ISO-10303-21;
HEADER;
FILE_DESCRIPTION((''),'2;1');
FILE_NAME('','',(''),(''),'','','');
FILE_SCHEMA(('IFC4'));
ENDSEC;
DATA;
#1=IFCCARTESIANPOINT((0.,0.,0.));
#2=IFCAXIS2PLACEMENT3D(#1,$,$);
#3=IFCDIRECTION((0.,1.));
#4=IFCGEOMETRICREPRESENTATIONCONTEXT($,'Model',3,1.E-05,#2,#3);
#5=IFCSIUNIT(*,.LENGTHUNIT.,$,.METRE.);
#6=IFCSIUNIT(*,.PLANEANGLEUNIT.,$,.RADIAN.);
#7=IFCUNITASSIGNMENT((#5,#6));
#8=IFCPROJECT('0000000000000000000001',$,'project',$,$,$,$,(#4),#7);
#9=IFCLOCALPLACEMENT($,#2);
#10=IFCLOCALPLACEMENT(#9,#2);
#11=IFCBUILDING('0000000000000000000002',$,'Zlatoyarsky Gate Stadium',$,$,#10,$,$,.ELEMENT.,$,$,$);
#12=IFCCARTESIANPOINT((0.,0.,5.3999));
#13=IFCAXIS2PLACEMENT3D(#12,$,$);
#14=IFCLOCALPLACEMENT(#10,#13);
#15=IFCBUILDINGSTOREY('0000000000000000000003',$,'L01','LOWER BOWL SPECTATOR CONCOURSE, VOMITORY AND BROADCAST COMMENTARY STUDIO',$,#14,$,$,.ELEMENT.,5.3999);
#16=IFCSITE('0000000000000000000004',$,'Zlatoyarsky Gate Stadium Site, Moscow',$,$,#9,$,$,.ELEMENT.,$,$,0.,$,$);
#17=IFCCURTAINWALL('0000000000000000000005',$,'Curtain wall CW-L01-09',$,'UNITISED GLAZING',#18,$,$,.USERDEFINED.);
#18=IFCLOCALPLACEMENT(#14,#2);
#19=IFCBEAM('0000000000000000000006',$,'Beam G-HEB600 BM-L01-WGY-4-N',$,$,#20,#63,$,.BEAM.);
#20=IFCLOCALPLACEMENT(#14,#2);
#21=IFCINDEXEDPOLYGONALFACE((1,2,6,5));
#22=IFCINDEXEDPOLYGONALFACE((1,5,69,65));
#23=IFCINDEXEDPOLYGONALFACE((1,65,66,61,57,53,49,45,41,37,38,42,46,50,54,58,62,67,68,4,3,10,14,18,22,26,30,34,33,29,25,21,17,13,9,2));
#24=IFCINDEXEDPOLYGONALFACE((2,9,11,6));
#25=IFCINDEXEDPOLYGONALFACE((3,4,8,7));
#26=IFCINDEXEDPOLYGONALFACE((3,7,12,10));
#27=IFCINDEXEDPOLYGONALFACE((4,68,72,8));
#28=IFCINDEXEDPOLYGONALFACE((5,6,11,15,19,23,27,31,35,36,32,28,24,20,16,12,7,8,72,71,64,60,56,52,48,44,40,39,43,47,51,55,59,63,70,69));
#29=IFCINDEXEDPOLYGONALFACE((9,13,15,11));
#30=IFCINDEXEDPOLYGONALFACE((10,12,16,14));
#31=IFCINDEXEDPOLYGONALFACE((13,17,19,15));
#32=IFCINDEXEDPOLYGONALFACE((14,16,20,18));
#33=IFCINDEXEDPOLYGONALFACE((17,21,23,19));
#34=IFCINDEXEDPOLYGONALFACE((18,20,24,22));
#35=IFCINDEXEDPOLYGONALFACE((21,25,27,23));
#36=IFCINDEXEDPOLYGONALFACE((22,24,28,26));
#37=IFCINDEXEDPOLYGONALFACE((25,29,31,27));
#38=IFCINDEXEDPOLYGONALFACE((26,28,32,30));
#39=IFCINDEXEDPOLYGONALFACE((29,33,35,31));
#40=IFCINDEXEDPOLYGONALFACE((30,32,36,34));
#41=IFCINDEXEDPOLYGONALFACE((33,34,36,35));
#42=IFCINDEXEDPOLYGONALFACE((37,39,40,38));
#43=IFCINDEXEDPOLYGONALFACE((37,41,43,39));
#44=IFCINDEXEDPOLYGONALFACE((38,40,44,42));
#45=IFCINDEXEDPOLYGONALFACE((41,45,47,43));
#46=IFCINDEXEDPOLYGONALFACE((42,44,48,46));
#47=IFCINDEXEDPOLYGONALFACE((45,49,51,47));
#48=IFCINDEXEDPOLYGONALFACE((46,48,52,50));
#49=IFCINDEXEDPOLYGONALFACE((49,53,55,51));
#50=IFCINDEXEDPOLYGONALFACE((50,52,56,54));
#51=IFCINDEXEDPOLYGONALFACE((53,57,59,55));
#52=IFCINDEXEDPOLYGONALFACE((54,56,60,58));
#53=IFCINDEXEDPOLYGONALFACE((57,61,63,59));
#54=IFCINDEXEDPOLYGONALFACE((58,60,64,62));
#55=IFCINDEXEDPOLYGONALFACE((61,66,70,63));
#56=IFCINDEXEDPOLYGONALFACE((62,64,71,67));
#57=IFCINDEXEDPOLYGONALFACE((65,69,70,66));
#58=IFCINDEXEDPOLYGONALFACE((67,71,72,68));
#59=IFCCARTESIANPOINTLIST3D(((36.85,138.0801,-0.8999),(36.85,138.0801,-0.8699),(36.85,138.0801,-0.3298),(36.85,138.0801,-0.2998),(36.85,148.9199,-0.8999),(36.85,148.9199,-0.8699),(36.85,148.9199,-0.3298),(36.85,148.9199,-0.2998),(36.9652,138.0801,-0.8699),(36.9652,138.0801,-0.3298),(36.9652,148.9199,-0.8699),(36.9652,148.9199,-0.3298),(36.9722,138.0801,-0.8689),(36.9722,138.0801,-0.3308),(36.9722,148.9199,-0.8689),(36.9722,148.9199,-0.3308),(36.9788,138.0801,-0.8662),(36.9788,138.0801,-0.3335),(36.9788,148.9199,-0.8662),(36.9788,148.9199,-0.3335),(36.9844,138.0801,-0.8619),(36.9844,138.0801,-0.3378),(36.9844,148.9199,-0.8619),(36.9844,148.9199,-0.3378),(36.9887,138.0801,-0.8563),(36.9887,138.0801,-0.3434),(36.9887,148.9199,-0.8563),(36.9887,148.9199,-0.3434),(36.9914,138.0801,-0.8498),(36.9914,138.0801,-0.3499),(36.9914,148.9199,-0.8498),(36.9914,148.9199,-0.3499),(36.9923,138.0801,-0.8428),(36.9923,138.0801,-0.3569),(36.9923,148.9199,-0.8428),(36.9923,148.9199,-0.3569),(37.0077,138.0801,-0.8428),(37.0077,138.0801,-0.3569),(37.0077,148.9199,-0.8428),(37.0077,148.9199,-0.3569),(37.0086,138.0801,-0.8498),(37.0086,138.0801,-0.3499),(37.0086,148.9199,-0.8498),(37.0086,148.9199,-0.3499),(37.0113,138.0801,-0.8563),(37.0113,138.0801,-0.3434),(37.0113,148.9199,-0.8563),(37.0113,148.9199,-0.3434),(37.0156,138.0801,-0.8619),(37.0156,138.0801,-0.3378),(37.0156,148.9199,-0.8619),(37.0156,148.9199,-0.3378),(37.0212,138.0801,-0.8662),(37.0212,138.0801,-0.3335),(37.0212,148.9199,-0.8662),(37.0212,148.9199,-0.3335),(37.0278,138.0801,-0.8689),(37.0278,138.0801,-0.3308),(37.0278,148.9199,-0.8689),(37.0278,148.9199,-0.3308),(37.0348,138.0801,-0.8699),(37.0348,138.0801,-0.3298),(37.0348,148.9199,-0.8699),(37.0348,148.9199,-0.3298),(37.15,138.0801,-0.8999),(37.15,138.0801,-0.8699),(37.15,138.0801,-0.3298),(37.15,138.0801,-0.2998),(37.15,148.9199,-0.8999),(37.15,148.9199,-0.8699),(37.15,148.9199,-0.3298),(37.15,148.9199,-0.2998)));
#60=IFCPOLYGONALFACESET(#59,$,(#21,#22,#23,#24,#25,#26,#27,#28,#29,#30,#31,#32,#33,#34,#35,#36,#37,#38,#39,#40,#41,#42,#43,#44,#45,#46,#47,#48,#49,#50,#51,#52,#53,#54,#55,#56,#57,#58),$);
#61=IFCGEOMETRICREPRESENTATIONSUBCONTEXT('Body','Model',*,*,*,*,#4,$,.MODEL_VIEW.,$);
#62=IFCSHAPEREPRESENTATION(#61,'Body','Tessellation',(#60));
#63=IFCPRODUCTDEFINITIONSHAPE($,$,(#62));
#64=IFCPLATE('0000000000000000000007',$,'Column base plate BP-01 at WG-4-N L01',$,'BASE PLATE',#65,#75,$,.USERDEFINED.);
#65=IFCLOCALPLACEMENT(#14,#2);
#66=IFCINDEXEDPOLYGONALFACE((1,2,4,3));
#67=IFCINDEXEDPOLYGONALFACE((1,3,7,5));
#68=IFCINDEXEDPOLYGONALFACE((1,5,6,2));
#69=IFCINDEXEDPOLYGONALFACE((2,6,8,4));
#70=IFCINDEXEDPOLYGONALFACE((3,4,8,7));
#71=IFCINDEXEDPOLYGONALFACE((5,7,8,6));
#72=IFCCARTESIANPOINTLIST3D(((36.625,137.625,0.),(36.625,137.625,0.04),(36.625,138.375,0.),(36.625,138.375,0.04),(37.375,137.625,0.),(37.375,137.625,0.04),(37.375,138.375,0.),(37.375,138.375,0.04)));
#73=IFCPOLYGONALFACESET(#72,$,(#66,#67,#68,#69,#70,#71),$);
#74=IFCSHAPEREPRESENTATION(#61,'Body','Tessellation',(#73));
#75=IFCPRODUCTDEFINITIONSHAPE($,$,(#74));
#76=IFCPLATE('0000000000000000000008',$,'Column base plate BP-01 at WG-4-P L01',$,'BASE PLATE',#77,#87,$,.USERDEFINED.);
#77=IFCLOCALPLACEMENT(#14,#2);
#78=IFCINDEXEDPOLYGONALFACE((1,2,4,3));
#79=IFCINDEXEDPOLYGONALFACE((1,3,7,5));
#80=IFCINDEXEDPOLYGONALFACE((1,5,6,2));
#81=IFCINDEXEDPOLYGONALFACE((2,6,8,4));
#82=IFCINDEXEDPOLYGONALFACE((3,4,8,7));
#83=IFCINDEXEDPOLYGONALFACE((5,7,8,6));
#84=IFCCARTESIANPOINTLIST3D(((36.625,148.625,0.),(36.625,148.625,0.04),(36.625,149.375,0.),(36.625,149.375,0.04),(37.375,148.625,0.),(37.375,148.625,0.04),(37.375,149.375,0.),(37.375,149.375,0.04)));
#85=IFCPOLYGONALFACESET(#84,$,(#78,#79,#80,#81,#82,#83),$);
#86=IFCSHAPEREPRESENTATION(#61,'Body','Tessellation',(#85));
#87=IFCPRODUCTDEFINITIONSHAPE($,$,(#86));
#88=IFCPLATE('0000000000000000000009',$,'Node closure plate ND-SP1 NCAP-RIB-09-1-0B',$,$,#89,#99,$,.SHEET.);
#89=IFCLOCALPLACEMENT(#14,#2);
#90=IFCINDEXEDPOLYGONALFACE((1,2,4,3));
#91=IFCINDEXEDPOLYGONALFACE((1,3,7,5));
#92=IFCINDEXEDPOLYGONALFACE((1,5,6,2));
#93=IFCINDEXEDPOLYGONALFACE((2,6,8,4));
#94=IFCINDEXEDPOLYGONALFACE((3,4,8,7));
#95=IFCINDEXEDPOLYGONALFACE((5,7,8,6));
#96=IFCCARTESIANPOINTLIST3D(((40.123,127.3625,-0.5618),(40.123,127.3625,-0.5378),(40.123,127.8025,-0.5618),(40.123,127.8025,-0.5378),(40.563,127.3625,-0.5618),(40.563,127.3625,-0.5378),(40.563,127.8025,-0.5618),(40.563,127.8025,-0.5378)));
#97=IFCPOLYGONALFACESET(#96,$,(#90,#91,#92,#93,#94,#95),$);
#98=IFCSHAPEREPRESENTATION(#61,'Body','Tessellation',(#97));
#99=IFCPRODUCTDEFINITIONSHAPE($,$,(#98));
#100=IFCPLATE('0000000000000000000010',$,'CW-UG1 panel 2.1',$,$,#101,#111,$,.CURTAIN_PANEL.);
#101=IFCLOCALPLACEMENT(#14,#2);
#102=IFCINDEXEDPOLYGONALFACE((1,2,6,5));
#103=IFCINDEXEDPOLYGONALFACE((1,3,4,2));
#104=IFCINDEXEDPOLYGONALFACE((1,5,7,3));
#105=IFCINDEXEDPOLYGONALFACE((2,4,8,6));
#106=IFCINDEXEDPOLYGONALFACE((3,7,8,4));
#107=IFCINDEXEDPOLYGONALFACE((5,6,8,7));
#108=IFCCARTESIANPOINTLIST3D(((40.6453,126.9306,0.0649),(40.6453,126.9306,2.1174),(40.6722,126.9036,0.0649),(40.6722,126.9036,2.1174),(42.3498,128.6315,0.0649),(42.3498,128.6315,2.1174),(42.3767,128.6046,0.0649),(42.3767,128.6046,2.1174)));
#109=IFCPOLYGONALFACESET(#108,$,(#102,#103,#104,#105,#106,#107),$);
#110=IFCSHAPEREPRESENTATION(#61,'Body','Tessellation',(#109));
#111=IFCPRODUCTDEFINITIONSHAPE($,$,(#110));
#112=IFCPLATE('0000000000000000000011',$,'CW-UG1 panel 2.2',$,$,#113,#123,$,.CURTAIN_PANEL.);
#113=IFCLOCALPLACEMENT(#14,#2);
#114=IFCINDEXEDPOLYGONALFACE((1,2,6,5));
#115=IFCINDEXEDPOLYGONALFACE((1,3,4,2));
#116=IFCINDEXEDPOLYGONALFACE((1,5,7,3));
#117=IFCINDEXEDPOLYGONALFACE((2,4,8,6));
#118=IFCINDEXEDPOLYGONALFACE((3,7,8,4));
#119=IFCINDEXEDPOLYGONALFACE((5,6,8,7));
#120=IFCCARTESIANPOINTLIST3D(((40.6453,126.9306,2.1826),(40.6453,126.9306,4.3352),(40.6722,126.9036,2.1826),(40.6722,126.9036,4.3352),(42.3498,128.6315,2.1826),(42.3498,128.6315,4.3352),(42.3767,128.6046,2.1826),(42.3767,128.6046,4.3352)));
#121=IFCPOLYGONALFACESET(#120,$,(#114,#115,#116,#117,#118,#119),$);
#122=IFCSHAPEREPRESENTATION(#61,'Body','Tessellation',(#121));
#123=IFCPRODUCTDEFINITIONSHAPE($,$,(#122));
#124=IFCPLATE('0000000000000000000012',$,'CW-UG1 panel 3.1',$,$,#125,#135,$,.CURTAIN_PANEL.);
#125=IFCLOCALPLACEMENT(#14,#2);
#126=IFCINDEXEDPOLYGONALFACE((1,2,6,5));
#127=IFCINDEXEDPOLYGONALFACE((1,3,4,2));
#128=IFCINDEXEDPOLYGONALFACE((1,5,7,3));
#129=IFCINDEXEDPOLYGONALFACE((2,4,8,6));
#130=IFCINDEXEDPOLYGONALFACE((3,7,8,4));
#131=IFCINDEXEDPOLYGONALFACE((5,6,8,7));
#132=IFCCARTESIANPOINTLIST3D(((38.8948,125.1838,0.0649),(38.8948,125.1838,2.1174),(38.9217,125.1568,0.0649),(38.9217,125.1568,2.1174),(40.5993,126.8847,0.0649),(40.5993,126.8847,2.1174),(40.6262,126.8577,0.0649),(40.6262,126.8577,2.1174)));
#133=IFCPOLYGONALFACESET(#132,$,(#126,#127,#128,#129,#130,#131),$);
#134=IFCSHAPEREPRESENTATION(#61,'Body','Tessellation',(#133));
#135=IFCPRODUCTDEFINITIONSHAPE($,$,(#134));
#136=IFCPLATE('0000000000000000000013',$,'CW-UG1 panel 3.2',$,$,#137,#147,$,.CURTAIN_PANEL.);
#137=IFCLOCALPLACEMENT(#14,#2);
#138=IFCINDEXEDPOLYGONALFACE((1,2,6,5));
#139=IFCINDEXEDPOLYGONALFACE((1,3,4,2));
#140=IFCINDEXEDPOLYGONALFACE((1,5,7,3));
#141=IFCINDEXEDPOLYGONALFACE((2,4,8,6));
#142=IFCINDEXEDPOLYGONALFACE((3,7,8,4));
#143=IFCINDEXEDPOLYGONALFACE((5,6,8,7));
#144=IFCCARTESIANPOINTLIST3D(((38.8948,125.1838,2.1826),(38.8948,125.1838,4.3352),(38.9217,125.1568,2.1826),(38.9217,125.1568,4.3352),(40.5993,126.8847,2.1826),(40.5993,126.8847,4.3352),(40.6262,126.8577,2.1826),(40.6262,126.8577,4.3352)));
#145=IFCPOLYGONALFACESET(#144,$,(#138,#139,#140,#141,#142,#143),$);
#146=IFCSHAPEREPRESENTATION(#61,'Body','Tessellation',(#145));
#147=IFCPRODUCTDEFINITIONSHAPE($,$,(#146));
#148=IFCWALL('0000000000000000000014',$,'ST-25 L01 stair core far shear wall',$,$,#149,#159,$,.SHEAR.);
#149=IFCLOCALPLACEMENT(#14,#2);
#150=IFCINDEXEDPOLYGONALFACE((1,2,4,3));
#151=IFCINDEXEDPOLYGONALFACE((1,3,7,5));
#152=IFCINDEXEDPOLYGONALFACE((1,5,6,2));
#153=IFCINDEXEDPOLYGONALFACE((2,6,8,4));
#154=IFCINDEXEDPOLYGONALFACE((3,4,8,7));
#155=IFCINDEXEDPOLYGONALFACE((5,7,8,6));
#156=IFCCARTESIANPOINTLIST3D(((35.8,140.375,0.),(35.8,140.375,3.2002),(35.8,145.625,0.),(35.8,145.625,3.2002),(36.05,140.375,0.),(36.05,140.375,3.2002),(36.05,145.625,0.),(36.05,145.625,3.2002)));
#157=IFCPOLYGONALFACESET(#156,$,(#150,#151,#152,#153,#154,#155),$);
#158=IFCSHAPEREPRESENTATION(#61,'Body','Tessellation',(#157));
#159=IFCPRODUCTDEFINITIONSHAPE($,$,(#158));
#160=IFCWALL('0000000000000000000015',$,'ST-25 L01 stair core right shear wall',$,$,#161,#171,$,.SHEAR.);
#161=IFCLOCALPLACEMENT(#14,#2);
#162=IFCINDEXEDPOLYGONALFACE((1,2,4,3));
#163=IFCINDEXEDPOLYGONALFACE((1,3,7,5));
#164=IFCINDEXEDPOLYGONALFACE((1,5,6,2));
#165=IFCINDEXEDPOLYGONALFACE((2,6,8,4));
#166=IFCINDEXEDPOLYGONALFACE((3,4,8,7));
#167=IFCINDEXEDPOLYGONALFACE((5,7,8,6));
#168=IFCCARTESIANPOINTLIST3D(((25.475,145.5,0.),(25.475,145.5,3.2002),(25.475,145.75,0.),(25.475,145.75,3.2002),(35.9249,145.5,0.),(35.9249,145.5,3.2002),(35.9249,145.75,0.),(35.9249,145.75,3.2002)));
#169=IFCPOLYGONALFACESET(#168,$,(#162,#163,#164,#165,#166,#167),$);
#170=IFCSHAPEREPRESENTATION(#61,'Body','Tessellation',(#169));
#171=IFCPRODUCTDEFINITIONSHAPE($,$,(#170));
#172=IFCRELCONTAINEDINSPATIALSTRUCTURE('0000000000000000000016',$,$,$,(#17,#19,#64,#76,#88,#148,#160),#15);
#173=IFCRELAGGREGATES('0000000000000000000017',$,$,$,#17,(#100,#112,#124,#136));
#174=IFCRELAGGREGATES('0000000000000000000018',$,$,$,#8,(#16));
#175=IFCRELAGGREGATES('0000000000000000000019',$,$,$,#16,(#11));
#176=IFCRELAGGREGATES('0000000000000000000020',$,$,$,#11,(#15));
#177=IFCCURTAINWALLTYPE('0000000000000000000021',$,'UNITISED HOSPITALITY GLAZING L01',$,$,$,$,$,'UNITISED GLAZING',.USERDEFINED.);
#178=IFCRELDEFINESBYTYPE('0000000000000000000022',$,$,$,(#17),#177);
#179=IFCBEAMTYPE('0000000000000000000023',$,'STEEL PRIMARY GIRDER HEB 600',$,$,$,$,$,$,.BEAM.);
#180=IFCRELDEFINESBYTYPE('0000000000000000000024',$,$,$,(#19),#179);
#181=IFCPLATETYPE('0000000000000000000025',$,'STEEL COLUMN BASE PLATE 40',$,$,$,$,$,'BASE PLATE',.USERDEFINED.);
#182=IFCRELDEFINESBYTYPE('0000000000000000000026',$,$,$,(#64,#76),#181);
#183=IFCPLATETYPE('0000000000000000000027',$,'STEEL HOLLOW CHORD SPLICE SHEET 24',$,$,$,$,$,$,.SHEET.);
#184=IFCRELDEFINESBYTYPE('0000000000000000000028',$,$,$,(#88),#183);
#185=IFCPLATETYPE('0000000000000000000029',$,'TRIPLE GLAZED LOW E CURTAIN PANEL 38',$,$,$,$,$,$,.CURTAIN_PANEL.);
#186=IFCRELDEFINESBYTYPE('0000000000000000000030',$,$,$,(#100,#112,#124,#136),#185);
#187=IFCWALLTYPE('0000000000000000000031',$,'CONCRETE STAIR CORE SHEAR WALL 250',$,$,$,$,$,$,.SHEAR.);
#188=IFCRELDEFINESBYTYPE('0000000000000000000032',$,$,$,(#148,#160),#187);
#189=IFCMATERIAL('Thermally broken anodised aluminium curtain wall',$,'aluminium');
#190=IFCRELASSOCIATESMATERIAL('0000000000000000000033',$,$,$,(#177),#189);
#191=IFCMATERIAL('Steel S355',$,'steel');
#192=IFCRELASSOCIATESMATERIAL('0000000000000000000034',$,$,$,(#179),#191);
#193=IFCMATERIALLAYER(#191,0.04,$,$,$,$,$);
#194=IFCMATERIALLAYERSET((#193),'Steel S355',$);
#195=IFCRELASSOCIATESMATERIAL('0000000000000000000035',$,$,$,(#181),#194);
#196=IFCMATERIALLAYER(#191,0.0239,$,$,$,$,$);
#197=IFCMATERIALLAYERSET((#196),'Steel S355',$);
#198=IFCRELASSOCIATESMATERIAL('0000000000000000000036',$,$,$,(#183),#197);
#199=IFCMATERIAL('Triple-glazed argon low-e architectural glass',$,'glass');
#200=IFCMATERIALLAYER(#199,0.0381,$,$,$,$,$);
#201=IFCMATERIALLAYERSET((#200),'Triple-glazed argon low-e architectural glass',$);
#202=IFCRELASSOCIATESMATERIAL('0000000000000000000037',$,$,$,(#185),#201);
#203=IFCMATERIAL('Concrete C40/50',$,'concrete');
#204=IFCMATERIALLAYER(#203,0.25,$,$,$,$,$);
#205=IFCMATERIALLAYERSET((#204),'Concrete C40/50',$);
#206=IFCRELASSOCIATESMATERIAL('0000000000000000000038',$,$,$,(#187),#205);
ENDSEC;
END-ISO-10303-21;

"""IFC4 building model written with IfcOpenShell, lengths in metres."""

from ifc_helpers import new_model, si_unit, direction, frame, frame_2d, origin, origin_2d, place, context, subcontext, project, spatial, rectangle, i_section, extrude, material, layer, layer_set, material_profile, profile_set, type_object, element, aggregate, save


model = new_model("IFC4")

# Units and contexts
model_context = context("Model", 3, precision=1e-05, world=origin(), true_north=direction((0.0, 1.0)))
body_context = subcontext(model_context, "Body", "Model", "MODEL_VIEW")
ifc_project = project(units=[si_unit("LENGTHUNIT", "METRE"), si_unit("PLANEANGLEUNIT", "RADIAN")], contexts=[model_context])

# Site, building, storey
site_placement = place(None, origin())
site = spatial("IfcSite", under=ifc_project, at=site_placement, Name="Zlatoyarsky Gate Stadium Site, Moscow", CompositionType="ELEMENT", RefElevation=0.0)
building_placement = place(site_placement, origin())
building = spatial("IfcBuilding", under=site, at=building_placement, Name="Zlatoyarsky Gate Stadium", CompositionType="ELEMENT")
storey_placement = place(building_placement, frame((0.0, 0.0, 5.3999)))
storey = spatial("IfcBuildingStorey", under=building, at=storey_placement, Name="L01", Description="LOWER BOWL SPECTATOR CONCOURSE, VOMITORY AND BROADCAST COMMENTARY STUDIO", CompositionType="ELEMENT", Elevation=5.3999)

# Shared definitions
ifc_material_1 = material(Name="Steel S355", Category="steel")

# Curtain wall
ifc_material_2 = material(Name="Thermally broken anodised aluminium curtain wall", Category="aluminium")
curtain_wall_type = type_object("IfcCurtainWallType", Name="UNITISED HOSPITALITY GLAZING L01", ElementType="UNITISED GLAZING", PredefinedType="USERDEFINED", material=ifc_material_2)
curtain_wall_placement = place(storey_placement, origin())
curtain_wall = element("IfcCurtainWall", 1, at=curtain_wall_placement, inside=storey, type_object=curtain_wall_type, Name="Curtain wall CW-L01-09", ObjectType="UNITISED GLAZING", PredefinedType="USERDEFINED")

# Beam
ifc_material_profile_1 = material_profile(ifc_material_1, i_section(OverallWidth=0.3, OverallDepth=0.6001, WebThickness=0.0154, FlangeThickness=0.03, FilletRadius=0.0271, at=origin_2d()), Name="HEB 600")
ifc_profile_set_1 = profile_set([ifc_material_profile_1], Name="Steel S355")
beam_type_1 = type_object("IfcBeamType", Name="STEEL PRIMARY GIRDER HEB 600", PredefinedType="BEAM", material=ifc_profile_set_1)
for number, where, z_axis, x_axis, name in (
    (2, (37.0, 138.0801, -0.5999), (0.0, 1.0, 0.0), (-1.0, 0.0, 0.0), "Beam G-HEB600 BM-L01-WGY-4-N"),
):
    element("IfcBeam", number, at=place(storey_placement, frame(where, z_axis=z_axis, x_axis=x_axis)), inside=storey, type_object=beam_type_1, Name=name, PredefinedType="BEAM", context=body_context, shape_type="SweptSolid", body=[
        extrude(i_section(OverallWidth=0.3, OverallDepth=0.6001, WebThickness=0.0154, FlangeThickness=0.03, FilletRadius=0.0271, at=origin_2d()), origin(), (0.0, 0.0, 1.0), 10.8398),
    ])

# Plates
ifc_layer_1 = layer(ifc_material_1, 0.04)
ifc_layer_set_1 = layer_set([ifc_layer_1], Name="Steel S355")
plate_type_1 = type_object("IfcPlateType", Name="STEEL COLUMN BASE PLATE 40", ElementType="BASE PLATE", PredefinedType="USERDEFINED", material=ifc_layer_set_1)
for number, where, z_axis, x_axis, name in (
    (3, (37.0, 138.0, 0.0), (0.0, 0.0, 1.0), (1.0, 0.0, 0.0), "Column base plate BP-01 at WG-4-N L01"),
    (4, (37.0, 149.0, 0.0), (0.0, 0.0, 1.0), (1.0, 0.0, 0.0), "Column base plate BP-01 at WG-4-P L01"),
):
    element("IfcPlate", number, at=place(storey_placement, frame(where, z_axis=z_axis, x_axis=x_axis)), inside=storey, type_object=plate_type_1, Name=name, ObjectType="BASE PLATE", PredefinedType="USERDEFINED", context=body_context, shape_type="SweptSolid", body=[
        extrude(rectangle(XDim=0.75, YDim=0.75, at=origin_2d()), origin(), (0.0, 0.0, 1.0), 0.04),
    ])
ifc_layer_2 = layer(ifc_material_1, 0.0239)
ifc_layer_set_2 = layer_set([ifc_layer_2], Name="Steel S355")
plate_type_2 = type_object("IfcPlateType", Name="STEEL HOLLOW CHORD SPLICE SHEET 24", PredefinedType="SHEET", material=ifc_layer_set_2)
plate_1_placement = place(storey_placement, frame((40.343, 127.5825, -0.5618), z_axis=(0.0, 0.0, 1.0), x_axis=(1.0, 0.0, 0.0)))
element("IfcPlate", 5, at=plate_1_placement, inside=storey, type_object=plate_type_2, Name="Node closure plate ND-SP1 NCAP-RIB-09-1-0B", PredefinedType="SHEET", context=body_context, shape_type="SweptSolid", body=[
    extrude(rectangle(XDim=0.4399, YDim=0.4399, at=origin_2d()), origin(), (0.0, 0.0, 1.0), 0.0239),
])

# Plates
ifc_material_3 = material(Name="Triple-glazed argon low-e architectural glass", Category="glass")
ifc_layer_3 = layer(ifc_material_3, 0.0381)
ifc_layer_set_3 = layer_set([ifc_layer_3], Name="Triple-glazed argon low-e architectural glass")
plate_type_3 = type_object("IfcPlateType", Name="TRIPLE GLAZED LOW E CURTAIN PANEL 38", PredefinedType="CURTAIN_PANEL", material=ifc_layer_set_3)
plate_2_placement = place(storey_placement, frame((41.511, 127.7676, 0.0649), z_axis=(0.0, 0.0, 1.0), x_axis=(-0.707842, -0.706371, 0.0)))
plate_2 = element("IfcPlate", 6, at=plate_2_placement, type_object=plate_type_3, Name="CW-UG1 panel 2.1", PredefinedType="CURTAIN_PANEL", context=body_context, shape_type="SweptSolid", body=[
    extrude(rectangle(XDim=2.408, YDim=0.0381, at=origin_2d()), origin(), (0.0, 0.0, 1.0), 2.0525),
])
plate_3_placement = place(storey_placement, frame((41.511, 127.7676, 2.1826), z_axis=(0.0, 0.0, 1.0), x_axis=(-0.707842, -0.706371, 0.0)))
plate_3 = element("IfcPlate", 7, at=plate_3_placement, type_object=plate_type_3, Name="CW-UG1 panel 2.2", PredefinedType="CURTAIN_PANEL", context=body_context, shape_type="SweptSolid", body=[
    extrude(rectangle(XDim=2.408, YDim=0.0381, at=origin_2d()), origin(), (0.0, 0.0, 1.0), 2.1526),
])
plate_4_placement = place(storey_placement, frame((39.7605, 126.0208, 0.0649), z_axis=(0.0, 0.0, 1.0), x_axis=(-0.707842, -0.706371, 0.0)))
plate_4 = element("IfcPlate", 8, at=plate_4_placement, type_object=plate_type_3, Name="CW-UG1 panel 3.1", PredefinedType="CURTAIN_PANEL", context=body_context, shape_type="SweptSolid", body=[
    extrude(rectangle(XDim=2.408, YDim=0.0381, at=origin_2d()), origin(), (0.0, 0.0, 1.0), 2.0525),
])
plate_5_placement = place(storey_placement, frame((39.7605, 126.0208, 2.1826), z_axis=(0.0, 0.0, 1.0), x_axis=(-0.707842, -0.706371, 0.0)))
plate_5 = element("IfcPlate", 9, at=plate_5_placement, type_object=plate_type_3, Name="CW-UG1 panel 3.2", PredefinedType="CURTAIN_PANEL", context=body_context, shape_type="SweptSolid", body=[
    extrude(rectangle(XDim=2.408, YDim=0.0381, at=origin_2d()), origin(), (0.0, 0.0, 1.0), 2.1526),
])
aggregate(curtain_wall, [plate_2, plate_3, plate_4, plate_5])

# Walls
ifc_material_4 = material(Name="Concrete C40/50", Category="concrete")
ifc_layer_4 = layer(ifc_material_4, 0.25)
ifc_layer_set_4 = layer_set([ifc_layer_4], Name="Concrete C40/50")
wall_type_1 = type_object("IfcWallType", Name="CONCRETE STAIR CORE SHEAR WALL 250", PredefinedType="SHEAR", material=ifc_layer_set_4)
wall_1_placement = place(storey_placement, frame((35.925, 140.375, 0.0), z_axis=(0.0, 0.0, 1.0), x_axis=(0.0, 1.0, 0.0)))
element("IfcWall", 10, at=wall_1_placement, inside=storey, type_object=wall_type_1, Name="ST-25 L01 stair core far shear wall", PredefinedType="SHEAR", context=body_context, shape_type="SweptSolid", body=[
    extrude(rectangle(XDim=5.25, YDim=0.25, at=frame_2d((2.625, 0.0))), origin(), (0.0, 0.0, 1.0), 3.2002),
])
wall_2_placement = place(storey_placement, frame((35.925, 145.625, 0.0), z_axis=(0.0, 0.0, 1.0), x_axis=(-1.0, 0.0, 0.0)))
element("IfcWall", 11, at=wall_2_placement, inside=storey, type_object=wall_type_1, Name="ST-25 L01 stair core right shear wall", PredefinedType="SHEAR", context=body_context, shape_type="SweptSolid", body=[
    extrude(rectangle(XDim=10.45, YDim=0.25, at=frame_2d((5.2251, 0.0))), origin(), (0.0, 0.0, 1.0), 3.2002),
])

save(model, "model.ifc")
